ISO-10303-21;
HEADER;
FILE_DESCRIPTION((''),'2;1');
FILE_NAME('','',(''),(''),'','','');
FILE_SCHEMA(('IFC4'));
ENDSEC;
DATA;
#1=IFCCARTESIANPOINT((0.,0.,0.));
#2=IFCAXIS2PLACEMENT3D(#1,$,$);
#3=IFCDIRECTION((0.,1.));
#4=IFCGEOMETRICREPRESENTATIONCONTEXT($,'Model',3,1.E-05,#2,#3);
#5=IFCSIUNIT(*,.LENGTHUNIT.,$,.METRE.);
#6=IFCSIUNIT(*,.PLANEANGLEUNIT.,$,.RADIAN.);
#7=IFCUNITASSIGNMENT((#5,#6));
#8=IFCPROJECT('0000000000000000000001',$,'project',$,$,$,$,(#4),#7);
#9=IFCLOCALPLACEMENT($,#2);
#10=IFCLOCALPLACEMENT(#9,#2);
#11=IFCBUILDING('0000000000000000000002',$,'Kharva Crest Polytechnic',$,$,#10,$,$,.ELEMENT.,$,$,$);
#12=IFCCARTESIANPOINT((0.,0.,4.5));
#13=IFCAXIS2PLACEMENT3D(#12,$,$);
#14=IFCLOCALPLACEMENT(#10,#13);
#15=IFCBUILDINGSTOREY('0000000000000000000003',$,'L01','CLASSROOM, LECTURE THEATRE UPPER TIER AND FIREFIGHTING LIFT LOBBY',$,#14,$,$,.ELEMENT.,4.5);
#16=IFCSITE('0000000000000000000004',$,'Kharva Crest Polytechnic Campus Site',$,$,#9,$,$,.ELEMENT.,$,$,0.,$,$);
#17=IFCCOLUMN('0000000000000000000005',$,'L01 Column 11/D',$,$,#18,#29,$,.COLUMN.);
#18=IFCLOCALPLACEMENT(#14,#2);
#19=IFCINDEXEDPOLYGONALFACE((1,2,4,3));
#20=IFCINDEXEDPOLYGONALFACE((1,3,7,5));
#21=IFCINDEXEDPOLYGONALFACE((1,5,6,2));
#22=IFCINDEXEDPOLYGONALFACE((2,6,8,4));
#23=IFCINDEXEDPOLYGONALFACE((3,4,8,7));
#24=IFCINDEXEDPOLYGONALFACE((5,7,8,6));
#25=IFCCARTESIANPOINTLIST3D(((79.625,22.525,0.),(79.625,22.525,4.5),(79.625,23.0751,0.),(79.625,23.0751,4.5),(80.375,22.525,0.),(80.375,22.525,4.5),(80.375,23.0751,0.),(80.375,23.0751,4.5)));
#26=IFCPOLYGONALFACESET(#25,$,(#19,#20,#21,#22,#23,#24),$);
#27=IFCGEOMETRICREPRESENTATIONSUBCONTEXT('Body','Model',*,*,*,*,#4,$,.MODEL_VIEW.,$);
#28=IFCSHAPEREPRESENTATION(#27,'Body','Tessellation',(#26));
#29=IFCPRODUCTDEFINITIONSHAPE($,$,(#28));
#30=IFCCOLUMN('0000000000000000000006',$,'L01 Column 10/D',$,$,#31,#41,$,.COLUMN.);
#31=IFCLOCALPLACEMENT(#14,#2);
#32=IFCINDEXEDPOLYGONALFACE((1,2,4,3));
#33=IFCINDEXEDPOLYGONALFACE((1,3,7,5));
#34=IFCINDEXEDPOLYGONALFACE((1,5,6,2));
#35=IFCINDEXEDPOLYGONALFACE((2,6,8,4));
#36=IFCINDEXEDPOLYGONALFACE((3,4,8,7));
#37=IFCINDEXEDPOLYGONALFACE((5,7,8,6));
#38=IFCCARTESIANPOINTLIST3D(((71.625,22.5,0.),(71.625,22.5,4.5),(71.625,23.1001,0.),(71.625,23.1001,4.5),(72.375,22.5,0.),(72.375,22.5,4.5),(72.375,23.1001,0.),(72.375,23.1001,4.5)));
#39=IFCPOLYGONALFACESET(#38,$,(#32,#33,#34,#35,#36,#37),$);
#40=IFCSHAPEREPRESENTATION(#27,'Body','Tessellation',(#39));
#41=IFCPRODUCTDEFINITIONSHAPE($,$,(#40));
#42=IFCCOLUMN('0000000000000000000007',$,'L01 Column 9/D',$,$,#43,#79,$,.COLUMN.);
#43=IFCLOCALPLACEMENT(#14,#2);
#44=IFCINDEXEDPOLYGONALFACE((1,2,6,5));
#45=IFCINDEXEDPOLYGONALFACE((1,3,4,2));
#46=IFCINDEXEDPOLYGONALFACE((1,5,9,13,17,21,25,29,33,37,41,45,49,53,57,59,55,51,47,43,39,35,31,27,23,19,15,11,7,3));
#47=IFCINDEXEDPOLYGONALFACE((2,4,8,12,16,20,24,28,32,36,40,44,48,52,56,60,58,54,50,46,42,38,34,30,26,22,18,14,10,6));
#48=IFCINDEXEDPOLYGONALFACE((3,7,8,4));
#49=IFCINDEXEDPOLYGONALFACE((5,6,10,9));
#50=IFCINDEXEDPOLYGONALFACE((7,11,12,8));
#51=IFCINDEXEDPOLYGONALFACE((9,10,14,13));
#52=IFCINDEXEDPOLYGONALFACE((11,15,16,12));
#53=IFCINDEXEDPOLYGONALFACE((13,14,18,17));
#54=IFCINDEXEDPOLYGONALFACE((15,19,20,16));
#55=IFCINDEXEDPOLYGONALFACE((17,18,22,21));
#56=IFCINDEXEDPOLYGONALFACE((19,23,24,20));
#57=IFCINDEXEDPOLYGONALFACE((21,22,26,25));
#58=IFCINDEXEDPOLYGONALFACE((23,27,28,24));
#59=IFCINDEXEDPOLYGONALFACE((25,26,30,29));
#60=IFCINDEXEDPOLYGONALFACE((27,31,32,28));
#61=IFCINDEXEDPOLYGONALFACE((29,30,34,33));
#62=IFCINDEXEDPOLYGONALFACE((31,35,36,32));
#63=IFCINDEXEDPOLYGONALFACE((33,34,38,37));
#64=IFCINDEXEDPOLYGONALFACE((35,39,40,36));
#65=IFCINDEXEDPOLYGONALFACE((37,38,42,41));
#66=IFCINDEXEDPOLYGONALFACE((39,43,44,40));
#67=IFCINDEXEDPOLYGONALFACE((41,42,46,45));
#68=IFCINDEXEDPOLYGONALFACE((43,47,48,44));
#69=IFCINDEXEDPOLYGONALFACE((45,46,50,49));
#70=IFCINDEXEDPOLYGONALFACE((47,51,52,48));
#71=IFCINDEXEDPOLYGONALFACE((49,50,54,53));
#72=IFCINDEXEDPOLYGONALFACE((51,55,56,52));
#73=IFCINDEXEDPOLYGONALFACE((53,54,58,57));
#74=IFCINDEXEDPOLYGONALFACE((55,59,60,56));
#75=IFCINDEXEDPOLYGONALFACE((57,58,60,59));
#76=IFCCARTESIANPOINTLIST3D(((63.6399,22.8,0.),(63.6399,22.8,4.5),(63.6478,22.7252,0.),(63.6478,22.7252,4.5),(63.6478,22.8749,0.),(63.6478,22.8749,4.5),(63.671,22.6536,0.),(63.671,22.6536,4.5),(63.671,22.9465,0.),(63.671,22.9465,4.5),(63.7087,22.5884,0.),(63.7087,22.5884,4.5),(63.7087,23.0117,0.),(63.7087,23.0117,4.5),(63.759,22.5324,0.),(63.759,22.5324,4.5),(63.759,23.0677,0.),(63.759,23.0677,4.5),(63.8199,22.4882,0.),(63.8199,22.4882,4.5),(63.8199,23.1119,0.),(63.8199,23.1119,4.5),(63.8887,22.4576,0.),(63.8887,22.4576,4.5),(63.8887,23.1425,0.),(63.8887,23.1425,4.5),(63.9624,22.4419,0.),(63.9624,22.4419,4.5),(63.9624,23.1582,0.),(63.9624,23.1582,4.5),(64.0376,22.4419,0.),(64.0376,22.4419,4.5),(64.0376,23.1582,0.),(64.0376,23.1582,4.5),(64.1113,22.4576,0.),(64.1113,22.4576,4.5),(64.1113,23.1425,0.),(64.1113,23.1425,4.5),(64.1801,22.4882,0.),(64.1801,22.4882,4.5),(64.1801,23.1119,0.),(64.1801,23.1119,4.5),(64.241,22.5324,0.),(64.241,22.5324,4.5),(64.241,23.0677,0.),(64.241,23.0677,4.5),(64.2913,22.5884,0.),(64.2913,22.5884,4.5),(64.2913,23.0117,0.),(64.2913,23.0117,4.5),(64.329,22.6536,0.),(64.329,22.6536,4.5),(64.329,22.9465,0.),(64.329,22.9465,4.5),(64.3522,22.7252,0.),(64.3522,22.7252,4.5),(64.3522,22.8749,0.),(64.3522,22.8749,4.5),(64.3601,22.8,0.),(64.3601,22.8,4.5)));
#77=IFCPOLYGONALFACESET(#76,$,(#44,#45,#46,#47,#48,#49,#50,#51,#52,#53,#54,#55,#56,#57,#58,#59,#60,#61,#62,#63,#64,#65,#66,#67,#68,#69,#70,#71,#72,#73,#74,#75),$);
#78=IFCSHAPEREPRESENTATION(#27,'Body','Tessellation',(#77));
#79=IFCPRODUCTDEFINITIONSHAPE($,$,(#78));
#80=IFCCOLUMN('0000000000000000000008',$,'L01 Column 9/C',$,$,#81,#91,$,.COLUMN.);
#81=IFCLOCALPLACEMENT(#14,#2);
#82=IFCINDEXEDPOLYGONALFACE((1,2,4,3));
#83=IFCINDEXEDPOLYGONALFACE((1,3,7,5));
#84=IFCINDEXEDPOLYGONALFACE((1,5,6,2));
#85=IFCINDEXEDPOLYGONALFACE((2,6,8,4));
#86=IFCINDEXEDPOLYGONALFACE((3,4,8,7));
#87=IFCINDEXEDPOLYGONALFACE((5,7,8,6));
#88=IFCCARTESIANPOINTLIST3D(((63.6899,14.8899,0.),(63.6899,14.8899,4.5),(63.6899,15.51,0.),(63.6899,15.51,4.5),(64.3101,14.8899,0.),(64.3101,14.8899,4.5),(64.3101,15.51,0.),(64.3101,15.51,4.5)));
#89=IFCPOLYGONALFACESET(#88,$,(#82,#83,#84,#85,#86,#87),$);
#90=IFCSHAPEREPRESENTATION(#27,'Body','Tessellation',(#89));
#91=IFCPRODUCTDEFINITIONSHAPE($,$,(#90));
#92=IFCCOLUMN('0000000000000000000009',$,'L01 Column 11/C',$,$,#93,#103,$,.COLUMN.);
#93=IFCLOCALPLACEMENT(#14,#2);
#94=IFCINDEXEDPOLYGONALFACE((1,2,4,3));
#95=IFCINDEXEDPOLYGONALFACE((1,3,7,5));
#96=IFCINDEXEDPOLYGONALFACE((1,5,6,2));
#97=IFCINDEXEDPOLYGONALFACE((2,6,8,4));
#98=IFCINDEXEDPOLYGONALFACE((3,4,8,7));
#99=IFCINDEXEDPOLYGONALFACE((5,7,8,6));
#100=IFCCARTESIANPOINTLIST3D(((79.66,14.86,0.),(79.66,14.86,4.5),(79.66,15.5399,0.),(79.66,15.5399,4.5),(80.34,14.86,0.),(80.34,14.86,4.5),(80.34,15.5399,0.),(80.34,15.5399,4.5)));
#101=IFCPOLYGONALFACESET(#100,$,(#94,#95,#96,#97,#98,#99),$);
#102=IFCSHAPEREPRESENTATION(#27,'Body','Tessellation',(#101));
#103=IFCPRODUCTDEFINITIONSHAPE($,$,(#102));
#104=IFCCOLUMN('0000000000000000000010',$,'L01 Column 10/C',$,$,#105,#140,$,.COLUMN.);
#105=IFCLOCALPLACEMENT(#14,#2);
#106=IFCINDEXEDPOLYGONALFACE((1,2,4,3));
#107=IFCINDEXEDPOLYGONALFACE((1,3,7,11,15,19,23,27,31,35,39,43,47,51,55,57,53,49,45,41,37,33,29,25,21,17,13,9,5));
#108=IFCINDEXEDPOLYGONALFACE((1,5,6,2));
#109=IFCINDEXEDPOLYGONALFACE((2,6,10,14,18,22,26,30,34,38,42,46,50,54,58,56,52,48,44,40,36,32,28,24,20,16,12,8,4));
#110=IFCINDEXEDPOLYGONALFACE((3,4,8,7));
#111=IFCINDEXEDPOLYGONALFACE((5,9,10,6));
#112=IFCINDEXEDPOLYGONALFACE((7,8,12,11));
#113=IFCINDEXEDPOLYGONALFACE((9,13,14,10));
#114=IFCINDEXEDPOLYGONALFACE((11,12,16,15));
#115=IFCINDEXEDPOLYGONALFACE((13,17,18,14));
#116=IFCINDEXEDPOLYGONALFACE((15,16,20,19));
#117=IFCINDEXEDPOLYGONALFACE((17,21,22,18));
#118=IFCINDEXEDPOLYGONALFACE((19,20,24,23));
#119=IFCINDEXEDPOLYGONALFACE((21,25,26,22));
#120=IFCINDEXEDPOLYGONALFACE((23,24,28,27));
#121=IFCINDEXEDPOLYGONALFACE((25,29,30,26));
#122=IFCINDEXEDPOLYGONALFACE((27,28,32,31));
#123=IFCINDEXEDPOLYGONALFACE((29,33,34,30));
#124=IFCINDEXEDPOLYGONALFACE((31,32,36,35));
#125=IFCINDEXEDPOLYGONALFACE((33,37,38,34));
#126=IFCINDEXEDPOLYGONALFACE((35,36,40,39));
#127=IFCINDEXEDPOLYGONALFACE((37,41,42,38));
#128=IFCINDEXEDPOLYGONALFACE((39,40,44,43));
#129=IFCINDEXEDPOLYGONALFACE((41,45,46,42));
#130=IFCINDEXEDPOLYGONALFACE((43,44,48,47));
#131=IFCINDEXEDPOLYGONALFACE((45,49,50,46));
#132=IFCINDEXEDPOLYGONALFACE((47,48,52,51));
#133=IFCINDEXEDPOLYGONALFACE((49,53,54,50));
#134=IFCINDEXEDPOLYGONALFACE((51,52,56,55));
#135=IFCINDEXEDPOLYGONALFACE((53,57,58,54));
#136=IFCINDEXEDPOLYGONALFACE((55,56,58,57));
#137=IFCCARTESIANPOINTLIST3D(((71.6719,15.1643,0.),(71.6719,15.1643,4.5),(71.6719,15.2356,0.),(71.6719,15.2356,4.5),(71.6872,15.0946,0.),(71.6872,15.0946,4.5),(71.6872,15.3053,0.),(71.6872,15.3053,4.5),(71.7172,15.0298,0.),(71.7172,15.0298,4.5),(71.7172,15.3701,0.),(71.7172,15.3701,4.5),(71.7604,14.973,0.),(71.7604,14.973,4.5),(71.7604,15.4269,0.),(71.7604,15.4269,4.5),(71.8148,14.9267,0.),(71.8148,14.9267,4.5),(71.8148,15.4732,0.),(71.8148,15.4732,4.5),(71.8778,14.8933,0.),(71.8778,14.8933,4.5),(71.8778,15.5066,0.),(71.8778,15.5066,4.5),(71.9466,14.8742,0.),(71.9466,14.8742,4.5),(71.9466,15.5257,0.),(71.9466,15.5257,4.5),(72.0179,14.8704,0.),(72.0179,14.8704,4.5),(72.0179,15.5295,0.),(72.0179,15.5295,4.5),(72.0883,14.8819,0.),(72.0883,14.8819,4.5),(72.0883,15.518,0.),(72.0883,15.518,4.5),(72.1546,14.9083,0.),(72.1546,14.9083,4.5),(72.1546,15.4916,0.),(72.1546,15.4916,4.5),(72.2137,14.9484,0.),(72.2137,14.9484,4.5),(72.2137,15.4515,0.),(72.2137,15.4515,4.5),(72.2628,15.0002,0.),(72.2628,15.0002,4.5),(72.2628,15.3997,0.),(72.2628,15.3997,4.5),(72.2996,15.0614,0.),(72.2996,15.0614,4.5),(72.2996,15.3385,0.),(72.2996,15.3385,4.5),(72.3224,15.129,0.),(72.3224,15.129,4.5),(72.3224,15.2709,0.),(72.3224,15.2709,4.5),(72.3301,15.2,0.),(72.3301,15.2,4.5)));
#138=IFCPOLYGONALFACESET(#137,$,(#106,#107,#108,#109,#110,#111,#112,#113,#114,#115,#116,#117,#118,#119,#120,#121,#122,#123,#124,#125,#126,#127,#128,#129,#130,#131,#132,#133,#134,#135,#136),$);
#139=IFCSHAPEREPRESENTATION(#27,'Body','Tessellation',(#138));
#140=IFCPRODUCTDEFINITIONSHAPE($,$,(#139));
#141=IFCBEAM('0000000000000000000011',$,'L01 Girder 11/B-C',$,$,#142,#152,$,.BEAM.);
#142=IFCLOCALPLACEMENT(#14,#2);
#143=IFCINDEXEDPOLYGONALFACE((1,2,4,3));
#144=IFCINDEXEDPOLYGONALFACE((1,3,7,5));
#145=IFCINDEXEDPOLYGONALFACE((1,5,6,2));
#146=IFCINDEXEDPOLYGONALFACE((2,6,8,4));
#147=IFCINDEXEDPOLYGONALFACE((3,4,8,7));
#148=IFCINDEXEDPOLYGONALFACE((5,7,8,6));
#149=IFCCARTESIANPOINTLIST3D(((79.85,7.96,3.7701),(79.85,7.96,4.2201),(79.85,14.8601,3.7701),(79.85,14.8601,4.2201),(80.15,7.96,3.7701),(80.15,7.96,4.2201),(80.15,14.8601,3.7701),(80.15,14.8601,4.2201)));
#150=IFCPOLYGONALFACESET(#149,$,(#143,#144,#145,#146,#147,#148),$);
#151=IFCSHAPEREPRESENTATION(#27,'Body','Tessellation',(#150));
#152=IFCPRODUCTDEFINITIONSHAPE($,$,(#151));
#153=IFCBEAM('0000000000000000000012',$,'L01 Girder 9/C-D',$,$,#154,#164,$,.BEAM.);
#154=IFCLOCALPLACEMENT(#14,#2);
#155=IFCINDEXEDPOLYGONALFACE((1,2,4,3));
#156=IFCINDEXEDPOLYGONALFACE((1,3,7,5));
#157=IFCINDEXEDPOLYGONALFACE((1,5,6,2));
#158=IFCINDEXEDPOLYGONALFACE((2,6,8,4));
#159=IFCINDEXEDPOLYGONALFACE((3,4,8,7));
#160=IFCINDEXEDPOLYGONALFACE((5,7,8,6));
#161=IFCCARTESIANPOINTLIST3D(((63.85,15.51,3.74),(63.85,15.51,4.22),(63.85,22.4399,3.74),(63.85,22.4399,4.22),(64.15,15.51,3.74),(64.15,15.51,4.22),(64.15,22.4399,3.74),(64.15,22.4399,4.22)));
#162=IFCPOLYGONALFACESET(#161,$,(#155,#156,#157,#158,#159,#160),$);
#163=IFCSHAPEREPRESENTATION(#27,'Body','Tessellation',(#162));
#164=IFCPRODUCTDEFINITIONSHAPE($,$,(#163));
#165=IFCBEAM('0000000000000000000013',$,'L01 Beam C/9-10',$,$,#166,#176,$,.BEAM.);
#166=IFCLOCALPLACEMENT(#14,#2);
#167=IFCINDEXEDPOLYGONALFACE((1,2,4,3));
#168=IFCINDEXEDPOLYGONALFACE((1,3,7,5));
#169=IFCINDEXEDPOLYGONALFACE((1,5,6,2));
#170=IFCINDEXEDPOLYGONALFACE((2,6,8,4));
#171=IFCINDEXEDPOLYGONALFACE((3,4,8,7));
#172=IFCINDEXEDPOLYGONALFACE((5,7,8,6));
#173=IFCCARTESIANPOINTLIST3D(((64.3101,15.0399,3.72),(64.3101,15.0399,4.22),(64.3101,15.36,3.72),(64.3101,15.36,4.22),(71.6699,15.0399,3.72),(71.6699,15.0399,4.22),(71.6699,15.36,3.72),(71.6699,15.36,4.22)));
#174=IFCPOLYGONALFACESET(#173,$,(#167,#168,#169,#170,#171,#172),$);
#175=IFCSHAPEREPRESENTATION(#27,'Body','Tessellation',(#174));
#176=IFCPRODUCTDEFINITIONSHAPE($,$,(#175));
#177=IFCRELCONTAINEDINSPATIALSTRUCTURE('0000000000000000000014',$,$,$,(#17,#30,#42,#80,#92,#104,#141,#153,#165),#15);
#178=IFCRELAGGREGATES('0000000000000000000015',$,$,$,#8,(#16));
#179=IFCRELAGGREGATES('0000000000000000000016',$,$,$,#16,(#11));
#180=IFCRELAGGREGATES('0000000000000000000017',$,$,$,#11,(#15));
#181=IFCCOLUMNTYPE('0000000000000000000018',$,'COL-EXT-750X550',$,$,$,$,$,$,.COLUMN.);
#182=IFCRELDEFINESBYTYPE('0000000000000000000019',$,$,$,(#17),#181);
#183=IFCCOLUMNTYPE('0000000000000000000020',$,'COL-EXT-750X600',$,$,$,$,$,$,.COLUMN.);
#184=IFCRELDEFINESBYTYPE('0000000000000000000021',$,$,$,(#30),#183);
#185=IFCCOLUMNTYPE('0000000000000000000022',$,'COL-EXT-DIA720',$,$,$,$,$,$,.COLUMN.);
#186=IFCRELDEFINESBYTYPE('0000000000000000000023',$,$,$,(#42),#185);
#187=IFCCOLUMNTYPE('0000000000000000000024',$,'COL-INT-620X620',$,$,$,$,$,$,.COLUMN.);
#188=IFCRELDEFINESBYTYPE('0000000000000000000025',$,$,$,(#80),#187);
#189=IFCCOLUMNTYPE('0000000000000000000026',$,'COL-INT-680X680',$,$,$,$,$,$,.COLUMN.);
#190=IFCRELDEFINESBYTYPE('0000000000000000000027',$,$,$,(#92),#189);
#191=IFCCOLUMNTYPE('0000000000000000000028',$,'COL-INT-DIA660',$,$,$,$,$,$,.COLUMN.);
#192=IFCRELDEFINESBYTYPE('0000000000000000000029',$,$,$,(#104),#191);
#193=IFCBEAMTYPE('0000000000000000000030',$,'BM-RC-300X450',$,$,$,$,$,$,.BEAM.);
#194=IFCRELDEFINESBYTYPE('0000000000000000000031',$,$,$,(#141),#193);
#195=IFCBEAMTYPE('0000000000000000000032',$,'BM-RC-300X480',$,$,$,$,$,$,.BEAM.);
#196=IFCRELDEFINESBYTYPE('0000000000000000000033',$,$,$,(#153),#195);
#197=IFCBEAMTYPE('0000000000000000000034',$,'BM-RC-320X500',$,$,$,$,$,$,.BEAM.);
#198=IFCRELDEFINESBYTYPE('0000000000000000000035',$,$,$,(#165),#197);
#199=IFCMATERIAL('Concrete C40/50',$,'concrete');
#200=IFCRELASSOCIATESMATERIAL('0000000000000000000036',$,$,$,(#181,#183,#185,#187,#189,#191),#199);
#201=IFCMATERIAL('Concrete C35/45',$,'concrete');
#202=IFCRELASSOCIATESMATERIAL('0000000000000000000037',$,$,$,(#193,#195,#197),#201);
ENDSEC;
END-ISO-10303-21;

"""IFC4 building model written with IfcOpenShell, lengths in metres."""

from ifc_helpers import new_model, si_unit, direction, frame, origin, origin_2d, place, context, subcontext, project, spatial, rectangle, circle, extrude, material, material_profile, profile_set, type_object, element, save


model = new_model("IFC4")

# Units and contexts
model_context = context("Model", 3, precision=1e-05, world=origin(), true_north=direction((0.0, 1.0)))
body_context = subcontext(model_context, "Body", "Model", "MODEL_VIEW")
ifc_project = project(units=[si_unit("LENGTHUNIT", "METRE"), si_unit("PLANEANGLEUNIT", "RADIAN")], contexts=[model_context])

# Site, building, storey
site_placement = place(None, origin())
site = spatial("IfcSite", under=ifc_project, at=site_placement, Name="Kharva Crest Polytechnic Campus Site", CompositionType="ELEMENT", RefElevation=0.0)
building_placement = place(site_placement, origin())
building = spatial("IfcBuilding", under=site, at=building_placement, Name="Kharva Crest Polytechnic", CompositionType="ELEMENT")
storey_placement = place(building_placement, frame((0.0, 0.0, 4.5)))
storey = spatial("IfcBuildingStorey", under=building, at=storey_placement, Name="L01", Description="CLASSROOM, LECTURE THEATRE UPPER TIER AND FIREFIGHTING LIFT LOBBY", CompositionType="ELEMENT", Elevation=4.5)

# Columns
ifc_material_1 = material(Name="Concrete C40/50", Category="concrete")
ifc_material_profile_1 = material_profile(ifc_material_1, rectangle(XDim=0.75, YDim=0.55, at=origin_2d()), Name="RECT 750 X 550")
ifc_profile_set_1 = profile_set([ifc_material_profile_1], Name="Concrete C40/50")
column_type_1 = type_object("IfcColumnType", Name="COL-EXT-750X550", PredefinedType="COLUMN", material=ifc_profile_set_1)
column_1_placement = place(storey_placement, frame((80.0, 22.8, 0.0), z_axis=(0.0, 0.0, 1.0), x_axis=(1.0, 0.0, 0.0)))
element("IfcColumn", 1, at=column_1_placement, inside=storey, type_object=column_type_1, Name="L01 Column 11/D", PredefinedType="COLUMN", context=body_context, shape_type="SweptSolid", body=[
    extrude(rectangle(XDim=0.75, YDim=0.55, at=origin_2d()), origin(), (0.0, 0.0, 1.0), 4.5),
])
ifc_material_profile_2 = material_profile(ifc_material_1, rectangle(XDim=0.75, YDim=0.6001, at=origin_2d()), Name="RECT 750 X 600")
ifc_profile_set_2 = profile_set([ifc_material_profile_2], Name="Concrete C40/50")
column_type_2 = type_object("IfcColumnType", Name="COL-EXT-750X600", PredefinedType="COLUMN", material=ifc_profile_set_2)
column_2_placement = place(storey_placement, frame((72.0, 22.8, 0.0), z_axis=(0.0, 0.0, 1.0), x_axis=(1.0, 0.0, 0.0)))
element("IfcColumn", 2, at=column_2_placement, inside=storey, type_object=column_type_2, Name="L01 Column 10/D", PredefinedType="COLUMN", context=body_context, shape_type="SweptSolid", body=[
    extrude(rectangle(XDim=0.75, YDim=0.6001, at=origin_2d()), origin(), (0.0, 0.0, 1.0), 4.5),
])
ifc_material_profile_3 = material_profile(ifc_material_1, circle(Radius=0.3601, at=origin_2d()), Name="DIA 720")
ifc_profile_set_3 = profile_set([ifc_material_profile_3], Name="Concrete C40/50")
column_type_3 = type_object("IfcColumnType", Name="COL-EXT-DIA720", PredefinedType="COLUMN", material=ifc_profile_set_3)
column_3_placement = place(storey_placement, frame((64.0, 22.8, 0.0), z_axis=(0.0, 0.0, 1.0), x_axis=(1.0, 0.0, 0.0)))
element("IfcColumn", 3, at=column_3_placement, inside=storey, type_object=column_type_3, Name="L01 Column 9/D", PredefinedType="COLUMN", context=body_context, shape_type="SweptSolid", body=[
    extrude(circle(Radius=0.3601, at=origin_2d()), origin(), (0.0, 0.0, 1.0), 4.5),
])
ifc_material_profile_4 = material_profile(ifc_material_1, rectangle(XDim=0.6201, YDim=0.6201, at=origin_2d()), Name="RECT 620 X 620")
ifc_profile_set_4 = profile_set([ifc_material_profile_4], Name="Concrete C40/50")
column_type_4 = type_object("IfcColumnType", Name="COL-INT-620X620", PredefinedType="COLUMN", material=ifc_profile_set_4)
column_4_placement = place(storey_placement, frame((64.0, 15.2, 0.0), z_axis=(0.0, 0.0, 1.0), x_axis=(1.0, 0.0, 0.0)))
element("IfcColumn", 4, at=column_4_placement, inside=storey, type_object=column_type_4, Name="L01 Column 9/C", PredefinedType="COLUMN", context=body_context, shape_type="SweptSolid", body=[
    extrude(rectangle(XDim=0.6201, YDim=0.6201, at=origin_2d()), origin(), (0.0, 0.0, 1.0), 4.5),
])
ifc_material_profile_5 = material_profile(ifc_material_1, rectangle(XDim=0.6799, YDim=0.6799, at=origin_2d()), Name="RECT 680 X 680")
ifc_profile_set_5 = profile_set([ifc_material_profile_5], Name="Concrete C40/50")
column_type_5 = type_object("IfcColumnType", Name="COL-INT-680X680", PredefinedType="COLUMN", material=ifc_profile_set_5)
column_5_placement = place(storey_placement, frame((80.0, 15.2, 0.0), z_axis=(0.0, 0.0, 1.0), x_axis=(1.0, 0.0, 0.0)))
element("IfcColumn", 5, at=column_5_placement, inside=storey, type_object=column_type_5, Name="L01 Column 11/C", PredefinedType="COLUMN", context=body_context, shape_type="SweptSolid", body=[
    extrude(rectangle(XDim=0.6799, YDim=0.6799, at=origin_2d()), origin(), (0.0, 0.0, 1.0), 4.5),
])
ifc_material_profile_6 = material_profile(ifc_material_1, circle(Radius=0.3301, at=origin_2d()), Name="DIA 660")
ifc_profile_set_6 = profile_set([ifc_material_profile_6], Name="Concrete C40/50")
column_type_6 = type_object("IfcColumnType", Name="COL-INT-DIA660", PredefinedType="COLUMN", material=ifc_profile_set_6)
column_6_placement = place(storey_placement, frame((72.0, 15.2, 0.0), z_axis=(0.0, 0.0, 1.0), x_axis=(1.0, 0.0, 0.0)))
element("IfcColumn", 6, at=column_6_placement, inside=storey, type_object=column_type_6, Name="L01 Column 10/C", PredefinedType="COLUMN", context=body_context, shape_type="SweptSolid", body=[
    extrude(circle(Radius=0.3301, at=origin_2d()), origin(), (0.0, 0.0, 1.0), 4.5),
])

# Beams
ifc_material_2 = material(Name="Concrete C35/45", Category="concrete")
ifc_material_profile_7 = material_profile(ifc_material_2, rectangle(XDim=0.3, YDim=0.45, at=origin_2d()), Name="RECT 300 X 450")
ifc_profile_set_7 = profile_set([ifc_material_profile_7], Name="Concrete C35/45")
beam_type_1 = type_object("IfcBeamType", Name="BM-RC-300X450", PredefinedType="BEAM", material=ifc_profile_set_7)
beam_1_placement = place(storey_placement, frame((80.0, 7.96, 3.9951), z_axis=(0.0, 1.0, 0.0), x_axis=(-1.0, 0.0, 0.0)))
element("IfcBeam", 7, at=beam_1_placement, inside=storey, type_object=beam_type_1, Name="L01 Girder 11/B-C", PredefinedType="BEAM", context=body_context, shape_type="SweptSolid", body=[
    extrude(rectangle(XDim=0.3, YDim=0.45, at=origin_2d()), origin(), (0.0, 0.0, 1.0), 6.9001),
])
ifc_material_profile_8 = material_profile(ifc_material_2, rectangle(XDim=0.3, YDim=0.48, at=origin_2d()), Name="RECT 300 X 480")
ifc_profile_set_8 = profile_set([ifc_material_profile_8], Name="Concrete C35/45")
beam_type_2 = type_object("IfcBeamType", Name="BM-RC-300X480", PredefinedType="BEAM", material=ifc_profile_set_8)
beam_2_placement = place(storey_placement, frame((64.0, 15.51, 3.98), z_axis=(0.0, 1.0, 0.0), x_axis=(-1.0, 0.0, 0.0)))
element("IfcBeam", 8, at=beam_2_placement, inside=storey, type_object=beam_type_2, Name="L01 Girder 9/C-D", PredefinedType="BEAM", context=body_context, shape_type="SweptSolid", body=[
    extrude(rectangle(XDim=0.3, YDim=0.48, at=origin_2d()), origin(), (0.0, 0.0, 1.0), 6.9299),
])
ifc_material_profile_9 = material_profile(ifc_material_2, rectangle(XDim=0.3201, YDim=0.5, at=origin_2d()), Name="RECT 320 X 500")
ifc_profile_set_9 = profile_set([ifc_material_profile_9], Name="Concrete C35/45")
beam_type_3 = type_object("IfcBeamType", Name="BM-RC-320X500", PredefinedType="BEAM", material=ifc_profile_set_9)
beam_3_placement = place(storey_placement, frame((64.3101, 15.2, 3.97), z_axis=(1.0, 0.0, 0.0), x_axis=(0.0, 1.0, 0.0)))
element("IfcBeam", 9, at=beam_3_placement, inside=storey, type_object=beam_type_3, Name="L01 Beam C/9-10", PredefinedType="BEAM", context=body_context, shape_type="SweptSolid", body=[
    extrude(rectangle(XDim=0.3201, YDim=0.5, at=origin_2d()), origin(), (0.0, 0.0, 1.0), 7.3599),
])

save(model, "model.ifc")
